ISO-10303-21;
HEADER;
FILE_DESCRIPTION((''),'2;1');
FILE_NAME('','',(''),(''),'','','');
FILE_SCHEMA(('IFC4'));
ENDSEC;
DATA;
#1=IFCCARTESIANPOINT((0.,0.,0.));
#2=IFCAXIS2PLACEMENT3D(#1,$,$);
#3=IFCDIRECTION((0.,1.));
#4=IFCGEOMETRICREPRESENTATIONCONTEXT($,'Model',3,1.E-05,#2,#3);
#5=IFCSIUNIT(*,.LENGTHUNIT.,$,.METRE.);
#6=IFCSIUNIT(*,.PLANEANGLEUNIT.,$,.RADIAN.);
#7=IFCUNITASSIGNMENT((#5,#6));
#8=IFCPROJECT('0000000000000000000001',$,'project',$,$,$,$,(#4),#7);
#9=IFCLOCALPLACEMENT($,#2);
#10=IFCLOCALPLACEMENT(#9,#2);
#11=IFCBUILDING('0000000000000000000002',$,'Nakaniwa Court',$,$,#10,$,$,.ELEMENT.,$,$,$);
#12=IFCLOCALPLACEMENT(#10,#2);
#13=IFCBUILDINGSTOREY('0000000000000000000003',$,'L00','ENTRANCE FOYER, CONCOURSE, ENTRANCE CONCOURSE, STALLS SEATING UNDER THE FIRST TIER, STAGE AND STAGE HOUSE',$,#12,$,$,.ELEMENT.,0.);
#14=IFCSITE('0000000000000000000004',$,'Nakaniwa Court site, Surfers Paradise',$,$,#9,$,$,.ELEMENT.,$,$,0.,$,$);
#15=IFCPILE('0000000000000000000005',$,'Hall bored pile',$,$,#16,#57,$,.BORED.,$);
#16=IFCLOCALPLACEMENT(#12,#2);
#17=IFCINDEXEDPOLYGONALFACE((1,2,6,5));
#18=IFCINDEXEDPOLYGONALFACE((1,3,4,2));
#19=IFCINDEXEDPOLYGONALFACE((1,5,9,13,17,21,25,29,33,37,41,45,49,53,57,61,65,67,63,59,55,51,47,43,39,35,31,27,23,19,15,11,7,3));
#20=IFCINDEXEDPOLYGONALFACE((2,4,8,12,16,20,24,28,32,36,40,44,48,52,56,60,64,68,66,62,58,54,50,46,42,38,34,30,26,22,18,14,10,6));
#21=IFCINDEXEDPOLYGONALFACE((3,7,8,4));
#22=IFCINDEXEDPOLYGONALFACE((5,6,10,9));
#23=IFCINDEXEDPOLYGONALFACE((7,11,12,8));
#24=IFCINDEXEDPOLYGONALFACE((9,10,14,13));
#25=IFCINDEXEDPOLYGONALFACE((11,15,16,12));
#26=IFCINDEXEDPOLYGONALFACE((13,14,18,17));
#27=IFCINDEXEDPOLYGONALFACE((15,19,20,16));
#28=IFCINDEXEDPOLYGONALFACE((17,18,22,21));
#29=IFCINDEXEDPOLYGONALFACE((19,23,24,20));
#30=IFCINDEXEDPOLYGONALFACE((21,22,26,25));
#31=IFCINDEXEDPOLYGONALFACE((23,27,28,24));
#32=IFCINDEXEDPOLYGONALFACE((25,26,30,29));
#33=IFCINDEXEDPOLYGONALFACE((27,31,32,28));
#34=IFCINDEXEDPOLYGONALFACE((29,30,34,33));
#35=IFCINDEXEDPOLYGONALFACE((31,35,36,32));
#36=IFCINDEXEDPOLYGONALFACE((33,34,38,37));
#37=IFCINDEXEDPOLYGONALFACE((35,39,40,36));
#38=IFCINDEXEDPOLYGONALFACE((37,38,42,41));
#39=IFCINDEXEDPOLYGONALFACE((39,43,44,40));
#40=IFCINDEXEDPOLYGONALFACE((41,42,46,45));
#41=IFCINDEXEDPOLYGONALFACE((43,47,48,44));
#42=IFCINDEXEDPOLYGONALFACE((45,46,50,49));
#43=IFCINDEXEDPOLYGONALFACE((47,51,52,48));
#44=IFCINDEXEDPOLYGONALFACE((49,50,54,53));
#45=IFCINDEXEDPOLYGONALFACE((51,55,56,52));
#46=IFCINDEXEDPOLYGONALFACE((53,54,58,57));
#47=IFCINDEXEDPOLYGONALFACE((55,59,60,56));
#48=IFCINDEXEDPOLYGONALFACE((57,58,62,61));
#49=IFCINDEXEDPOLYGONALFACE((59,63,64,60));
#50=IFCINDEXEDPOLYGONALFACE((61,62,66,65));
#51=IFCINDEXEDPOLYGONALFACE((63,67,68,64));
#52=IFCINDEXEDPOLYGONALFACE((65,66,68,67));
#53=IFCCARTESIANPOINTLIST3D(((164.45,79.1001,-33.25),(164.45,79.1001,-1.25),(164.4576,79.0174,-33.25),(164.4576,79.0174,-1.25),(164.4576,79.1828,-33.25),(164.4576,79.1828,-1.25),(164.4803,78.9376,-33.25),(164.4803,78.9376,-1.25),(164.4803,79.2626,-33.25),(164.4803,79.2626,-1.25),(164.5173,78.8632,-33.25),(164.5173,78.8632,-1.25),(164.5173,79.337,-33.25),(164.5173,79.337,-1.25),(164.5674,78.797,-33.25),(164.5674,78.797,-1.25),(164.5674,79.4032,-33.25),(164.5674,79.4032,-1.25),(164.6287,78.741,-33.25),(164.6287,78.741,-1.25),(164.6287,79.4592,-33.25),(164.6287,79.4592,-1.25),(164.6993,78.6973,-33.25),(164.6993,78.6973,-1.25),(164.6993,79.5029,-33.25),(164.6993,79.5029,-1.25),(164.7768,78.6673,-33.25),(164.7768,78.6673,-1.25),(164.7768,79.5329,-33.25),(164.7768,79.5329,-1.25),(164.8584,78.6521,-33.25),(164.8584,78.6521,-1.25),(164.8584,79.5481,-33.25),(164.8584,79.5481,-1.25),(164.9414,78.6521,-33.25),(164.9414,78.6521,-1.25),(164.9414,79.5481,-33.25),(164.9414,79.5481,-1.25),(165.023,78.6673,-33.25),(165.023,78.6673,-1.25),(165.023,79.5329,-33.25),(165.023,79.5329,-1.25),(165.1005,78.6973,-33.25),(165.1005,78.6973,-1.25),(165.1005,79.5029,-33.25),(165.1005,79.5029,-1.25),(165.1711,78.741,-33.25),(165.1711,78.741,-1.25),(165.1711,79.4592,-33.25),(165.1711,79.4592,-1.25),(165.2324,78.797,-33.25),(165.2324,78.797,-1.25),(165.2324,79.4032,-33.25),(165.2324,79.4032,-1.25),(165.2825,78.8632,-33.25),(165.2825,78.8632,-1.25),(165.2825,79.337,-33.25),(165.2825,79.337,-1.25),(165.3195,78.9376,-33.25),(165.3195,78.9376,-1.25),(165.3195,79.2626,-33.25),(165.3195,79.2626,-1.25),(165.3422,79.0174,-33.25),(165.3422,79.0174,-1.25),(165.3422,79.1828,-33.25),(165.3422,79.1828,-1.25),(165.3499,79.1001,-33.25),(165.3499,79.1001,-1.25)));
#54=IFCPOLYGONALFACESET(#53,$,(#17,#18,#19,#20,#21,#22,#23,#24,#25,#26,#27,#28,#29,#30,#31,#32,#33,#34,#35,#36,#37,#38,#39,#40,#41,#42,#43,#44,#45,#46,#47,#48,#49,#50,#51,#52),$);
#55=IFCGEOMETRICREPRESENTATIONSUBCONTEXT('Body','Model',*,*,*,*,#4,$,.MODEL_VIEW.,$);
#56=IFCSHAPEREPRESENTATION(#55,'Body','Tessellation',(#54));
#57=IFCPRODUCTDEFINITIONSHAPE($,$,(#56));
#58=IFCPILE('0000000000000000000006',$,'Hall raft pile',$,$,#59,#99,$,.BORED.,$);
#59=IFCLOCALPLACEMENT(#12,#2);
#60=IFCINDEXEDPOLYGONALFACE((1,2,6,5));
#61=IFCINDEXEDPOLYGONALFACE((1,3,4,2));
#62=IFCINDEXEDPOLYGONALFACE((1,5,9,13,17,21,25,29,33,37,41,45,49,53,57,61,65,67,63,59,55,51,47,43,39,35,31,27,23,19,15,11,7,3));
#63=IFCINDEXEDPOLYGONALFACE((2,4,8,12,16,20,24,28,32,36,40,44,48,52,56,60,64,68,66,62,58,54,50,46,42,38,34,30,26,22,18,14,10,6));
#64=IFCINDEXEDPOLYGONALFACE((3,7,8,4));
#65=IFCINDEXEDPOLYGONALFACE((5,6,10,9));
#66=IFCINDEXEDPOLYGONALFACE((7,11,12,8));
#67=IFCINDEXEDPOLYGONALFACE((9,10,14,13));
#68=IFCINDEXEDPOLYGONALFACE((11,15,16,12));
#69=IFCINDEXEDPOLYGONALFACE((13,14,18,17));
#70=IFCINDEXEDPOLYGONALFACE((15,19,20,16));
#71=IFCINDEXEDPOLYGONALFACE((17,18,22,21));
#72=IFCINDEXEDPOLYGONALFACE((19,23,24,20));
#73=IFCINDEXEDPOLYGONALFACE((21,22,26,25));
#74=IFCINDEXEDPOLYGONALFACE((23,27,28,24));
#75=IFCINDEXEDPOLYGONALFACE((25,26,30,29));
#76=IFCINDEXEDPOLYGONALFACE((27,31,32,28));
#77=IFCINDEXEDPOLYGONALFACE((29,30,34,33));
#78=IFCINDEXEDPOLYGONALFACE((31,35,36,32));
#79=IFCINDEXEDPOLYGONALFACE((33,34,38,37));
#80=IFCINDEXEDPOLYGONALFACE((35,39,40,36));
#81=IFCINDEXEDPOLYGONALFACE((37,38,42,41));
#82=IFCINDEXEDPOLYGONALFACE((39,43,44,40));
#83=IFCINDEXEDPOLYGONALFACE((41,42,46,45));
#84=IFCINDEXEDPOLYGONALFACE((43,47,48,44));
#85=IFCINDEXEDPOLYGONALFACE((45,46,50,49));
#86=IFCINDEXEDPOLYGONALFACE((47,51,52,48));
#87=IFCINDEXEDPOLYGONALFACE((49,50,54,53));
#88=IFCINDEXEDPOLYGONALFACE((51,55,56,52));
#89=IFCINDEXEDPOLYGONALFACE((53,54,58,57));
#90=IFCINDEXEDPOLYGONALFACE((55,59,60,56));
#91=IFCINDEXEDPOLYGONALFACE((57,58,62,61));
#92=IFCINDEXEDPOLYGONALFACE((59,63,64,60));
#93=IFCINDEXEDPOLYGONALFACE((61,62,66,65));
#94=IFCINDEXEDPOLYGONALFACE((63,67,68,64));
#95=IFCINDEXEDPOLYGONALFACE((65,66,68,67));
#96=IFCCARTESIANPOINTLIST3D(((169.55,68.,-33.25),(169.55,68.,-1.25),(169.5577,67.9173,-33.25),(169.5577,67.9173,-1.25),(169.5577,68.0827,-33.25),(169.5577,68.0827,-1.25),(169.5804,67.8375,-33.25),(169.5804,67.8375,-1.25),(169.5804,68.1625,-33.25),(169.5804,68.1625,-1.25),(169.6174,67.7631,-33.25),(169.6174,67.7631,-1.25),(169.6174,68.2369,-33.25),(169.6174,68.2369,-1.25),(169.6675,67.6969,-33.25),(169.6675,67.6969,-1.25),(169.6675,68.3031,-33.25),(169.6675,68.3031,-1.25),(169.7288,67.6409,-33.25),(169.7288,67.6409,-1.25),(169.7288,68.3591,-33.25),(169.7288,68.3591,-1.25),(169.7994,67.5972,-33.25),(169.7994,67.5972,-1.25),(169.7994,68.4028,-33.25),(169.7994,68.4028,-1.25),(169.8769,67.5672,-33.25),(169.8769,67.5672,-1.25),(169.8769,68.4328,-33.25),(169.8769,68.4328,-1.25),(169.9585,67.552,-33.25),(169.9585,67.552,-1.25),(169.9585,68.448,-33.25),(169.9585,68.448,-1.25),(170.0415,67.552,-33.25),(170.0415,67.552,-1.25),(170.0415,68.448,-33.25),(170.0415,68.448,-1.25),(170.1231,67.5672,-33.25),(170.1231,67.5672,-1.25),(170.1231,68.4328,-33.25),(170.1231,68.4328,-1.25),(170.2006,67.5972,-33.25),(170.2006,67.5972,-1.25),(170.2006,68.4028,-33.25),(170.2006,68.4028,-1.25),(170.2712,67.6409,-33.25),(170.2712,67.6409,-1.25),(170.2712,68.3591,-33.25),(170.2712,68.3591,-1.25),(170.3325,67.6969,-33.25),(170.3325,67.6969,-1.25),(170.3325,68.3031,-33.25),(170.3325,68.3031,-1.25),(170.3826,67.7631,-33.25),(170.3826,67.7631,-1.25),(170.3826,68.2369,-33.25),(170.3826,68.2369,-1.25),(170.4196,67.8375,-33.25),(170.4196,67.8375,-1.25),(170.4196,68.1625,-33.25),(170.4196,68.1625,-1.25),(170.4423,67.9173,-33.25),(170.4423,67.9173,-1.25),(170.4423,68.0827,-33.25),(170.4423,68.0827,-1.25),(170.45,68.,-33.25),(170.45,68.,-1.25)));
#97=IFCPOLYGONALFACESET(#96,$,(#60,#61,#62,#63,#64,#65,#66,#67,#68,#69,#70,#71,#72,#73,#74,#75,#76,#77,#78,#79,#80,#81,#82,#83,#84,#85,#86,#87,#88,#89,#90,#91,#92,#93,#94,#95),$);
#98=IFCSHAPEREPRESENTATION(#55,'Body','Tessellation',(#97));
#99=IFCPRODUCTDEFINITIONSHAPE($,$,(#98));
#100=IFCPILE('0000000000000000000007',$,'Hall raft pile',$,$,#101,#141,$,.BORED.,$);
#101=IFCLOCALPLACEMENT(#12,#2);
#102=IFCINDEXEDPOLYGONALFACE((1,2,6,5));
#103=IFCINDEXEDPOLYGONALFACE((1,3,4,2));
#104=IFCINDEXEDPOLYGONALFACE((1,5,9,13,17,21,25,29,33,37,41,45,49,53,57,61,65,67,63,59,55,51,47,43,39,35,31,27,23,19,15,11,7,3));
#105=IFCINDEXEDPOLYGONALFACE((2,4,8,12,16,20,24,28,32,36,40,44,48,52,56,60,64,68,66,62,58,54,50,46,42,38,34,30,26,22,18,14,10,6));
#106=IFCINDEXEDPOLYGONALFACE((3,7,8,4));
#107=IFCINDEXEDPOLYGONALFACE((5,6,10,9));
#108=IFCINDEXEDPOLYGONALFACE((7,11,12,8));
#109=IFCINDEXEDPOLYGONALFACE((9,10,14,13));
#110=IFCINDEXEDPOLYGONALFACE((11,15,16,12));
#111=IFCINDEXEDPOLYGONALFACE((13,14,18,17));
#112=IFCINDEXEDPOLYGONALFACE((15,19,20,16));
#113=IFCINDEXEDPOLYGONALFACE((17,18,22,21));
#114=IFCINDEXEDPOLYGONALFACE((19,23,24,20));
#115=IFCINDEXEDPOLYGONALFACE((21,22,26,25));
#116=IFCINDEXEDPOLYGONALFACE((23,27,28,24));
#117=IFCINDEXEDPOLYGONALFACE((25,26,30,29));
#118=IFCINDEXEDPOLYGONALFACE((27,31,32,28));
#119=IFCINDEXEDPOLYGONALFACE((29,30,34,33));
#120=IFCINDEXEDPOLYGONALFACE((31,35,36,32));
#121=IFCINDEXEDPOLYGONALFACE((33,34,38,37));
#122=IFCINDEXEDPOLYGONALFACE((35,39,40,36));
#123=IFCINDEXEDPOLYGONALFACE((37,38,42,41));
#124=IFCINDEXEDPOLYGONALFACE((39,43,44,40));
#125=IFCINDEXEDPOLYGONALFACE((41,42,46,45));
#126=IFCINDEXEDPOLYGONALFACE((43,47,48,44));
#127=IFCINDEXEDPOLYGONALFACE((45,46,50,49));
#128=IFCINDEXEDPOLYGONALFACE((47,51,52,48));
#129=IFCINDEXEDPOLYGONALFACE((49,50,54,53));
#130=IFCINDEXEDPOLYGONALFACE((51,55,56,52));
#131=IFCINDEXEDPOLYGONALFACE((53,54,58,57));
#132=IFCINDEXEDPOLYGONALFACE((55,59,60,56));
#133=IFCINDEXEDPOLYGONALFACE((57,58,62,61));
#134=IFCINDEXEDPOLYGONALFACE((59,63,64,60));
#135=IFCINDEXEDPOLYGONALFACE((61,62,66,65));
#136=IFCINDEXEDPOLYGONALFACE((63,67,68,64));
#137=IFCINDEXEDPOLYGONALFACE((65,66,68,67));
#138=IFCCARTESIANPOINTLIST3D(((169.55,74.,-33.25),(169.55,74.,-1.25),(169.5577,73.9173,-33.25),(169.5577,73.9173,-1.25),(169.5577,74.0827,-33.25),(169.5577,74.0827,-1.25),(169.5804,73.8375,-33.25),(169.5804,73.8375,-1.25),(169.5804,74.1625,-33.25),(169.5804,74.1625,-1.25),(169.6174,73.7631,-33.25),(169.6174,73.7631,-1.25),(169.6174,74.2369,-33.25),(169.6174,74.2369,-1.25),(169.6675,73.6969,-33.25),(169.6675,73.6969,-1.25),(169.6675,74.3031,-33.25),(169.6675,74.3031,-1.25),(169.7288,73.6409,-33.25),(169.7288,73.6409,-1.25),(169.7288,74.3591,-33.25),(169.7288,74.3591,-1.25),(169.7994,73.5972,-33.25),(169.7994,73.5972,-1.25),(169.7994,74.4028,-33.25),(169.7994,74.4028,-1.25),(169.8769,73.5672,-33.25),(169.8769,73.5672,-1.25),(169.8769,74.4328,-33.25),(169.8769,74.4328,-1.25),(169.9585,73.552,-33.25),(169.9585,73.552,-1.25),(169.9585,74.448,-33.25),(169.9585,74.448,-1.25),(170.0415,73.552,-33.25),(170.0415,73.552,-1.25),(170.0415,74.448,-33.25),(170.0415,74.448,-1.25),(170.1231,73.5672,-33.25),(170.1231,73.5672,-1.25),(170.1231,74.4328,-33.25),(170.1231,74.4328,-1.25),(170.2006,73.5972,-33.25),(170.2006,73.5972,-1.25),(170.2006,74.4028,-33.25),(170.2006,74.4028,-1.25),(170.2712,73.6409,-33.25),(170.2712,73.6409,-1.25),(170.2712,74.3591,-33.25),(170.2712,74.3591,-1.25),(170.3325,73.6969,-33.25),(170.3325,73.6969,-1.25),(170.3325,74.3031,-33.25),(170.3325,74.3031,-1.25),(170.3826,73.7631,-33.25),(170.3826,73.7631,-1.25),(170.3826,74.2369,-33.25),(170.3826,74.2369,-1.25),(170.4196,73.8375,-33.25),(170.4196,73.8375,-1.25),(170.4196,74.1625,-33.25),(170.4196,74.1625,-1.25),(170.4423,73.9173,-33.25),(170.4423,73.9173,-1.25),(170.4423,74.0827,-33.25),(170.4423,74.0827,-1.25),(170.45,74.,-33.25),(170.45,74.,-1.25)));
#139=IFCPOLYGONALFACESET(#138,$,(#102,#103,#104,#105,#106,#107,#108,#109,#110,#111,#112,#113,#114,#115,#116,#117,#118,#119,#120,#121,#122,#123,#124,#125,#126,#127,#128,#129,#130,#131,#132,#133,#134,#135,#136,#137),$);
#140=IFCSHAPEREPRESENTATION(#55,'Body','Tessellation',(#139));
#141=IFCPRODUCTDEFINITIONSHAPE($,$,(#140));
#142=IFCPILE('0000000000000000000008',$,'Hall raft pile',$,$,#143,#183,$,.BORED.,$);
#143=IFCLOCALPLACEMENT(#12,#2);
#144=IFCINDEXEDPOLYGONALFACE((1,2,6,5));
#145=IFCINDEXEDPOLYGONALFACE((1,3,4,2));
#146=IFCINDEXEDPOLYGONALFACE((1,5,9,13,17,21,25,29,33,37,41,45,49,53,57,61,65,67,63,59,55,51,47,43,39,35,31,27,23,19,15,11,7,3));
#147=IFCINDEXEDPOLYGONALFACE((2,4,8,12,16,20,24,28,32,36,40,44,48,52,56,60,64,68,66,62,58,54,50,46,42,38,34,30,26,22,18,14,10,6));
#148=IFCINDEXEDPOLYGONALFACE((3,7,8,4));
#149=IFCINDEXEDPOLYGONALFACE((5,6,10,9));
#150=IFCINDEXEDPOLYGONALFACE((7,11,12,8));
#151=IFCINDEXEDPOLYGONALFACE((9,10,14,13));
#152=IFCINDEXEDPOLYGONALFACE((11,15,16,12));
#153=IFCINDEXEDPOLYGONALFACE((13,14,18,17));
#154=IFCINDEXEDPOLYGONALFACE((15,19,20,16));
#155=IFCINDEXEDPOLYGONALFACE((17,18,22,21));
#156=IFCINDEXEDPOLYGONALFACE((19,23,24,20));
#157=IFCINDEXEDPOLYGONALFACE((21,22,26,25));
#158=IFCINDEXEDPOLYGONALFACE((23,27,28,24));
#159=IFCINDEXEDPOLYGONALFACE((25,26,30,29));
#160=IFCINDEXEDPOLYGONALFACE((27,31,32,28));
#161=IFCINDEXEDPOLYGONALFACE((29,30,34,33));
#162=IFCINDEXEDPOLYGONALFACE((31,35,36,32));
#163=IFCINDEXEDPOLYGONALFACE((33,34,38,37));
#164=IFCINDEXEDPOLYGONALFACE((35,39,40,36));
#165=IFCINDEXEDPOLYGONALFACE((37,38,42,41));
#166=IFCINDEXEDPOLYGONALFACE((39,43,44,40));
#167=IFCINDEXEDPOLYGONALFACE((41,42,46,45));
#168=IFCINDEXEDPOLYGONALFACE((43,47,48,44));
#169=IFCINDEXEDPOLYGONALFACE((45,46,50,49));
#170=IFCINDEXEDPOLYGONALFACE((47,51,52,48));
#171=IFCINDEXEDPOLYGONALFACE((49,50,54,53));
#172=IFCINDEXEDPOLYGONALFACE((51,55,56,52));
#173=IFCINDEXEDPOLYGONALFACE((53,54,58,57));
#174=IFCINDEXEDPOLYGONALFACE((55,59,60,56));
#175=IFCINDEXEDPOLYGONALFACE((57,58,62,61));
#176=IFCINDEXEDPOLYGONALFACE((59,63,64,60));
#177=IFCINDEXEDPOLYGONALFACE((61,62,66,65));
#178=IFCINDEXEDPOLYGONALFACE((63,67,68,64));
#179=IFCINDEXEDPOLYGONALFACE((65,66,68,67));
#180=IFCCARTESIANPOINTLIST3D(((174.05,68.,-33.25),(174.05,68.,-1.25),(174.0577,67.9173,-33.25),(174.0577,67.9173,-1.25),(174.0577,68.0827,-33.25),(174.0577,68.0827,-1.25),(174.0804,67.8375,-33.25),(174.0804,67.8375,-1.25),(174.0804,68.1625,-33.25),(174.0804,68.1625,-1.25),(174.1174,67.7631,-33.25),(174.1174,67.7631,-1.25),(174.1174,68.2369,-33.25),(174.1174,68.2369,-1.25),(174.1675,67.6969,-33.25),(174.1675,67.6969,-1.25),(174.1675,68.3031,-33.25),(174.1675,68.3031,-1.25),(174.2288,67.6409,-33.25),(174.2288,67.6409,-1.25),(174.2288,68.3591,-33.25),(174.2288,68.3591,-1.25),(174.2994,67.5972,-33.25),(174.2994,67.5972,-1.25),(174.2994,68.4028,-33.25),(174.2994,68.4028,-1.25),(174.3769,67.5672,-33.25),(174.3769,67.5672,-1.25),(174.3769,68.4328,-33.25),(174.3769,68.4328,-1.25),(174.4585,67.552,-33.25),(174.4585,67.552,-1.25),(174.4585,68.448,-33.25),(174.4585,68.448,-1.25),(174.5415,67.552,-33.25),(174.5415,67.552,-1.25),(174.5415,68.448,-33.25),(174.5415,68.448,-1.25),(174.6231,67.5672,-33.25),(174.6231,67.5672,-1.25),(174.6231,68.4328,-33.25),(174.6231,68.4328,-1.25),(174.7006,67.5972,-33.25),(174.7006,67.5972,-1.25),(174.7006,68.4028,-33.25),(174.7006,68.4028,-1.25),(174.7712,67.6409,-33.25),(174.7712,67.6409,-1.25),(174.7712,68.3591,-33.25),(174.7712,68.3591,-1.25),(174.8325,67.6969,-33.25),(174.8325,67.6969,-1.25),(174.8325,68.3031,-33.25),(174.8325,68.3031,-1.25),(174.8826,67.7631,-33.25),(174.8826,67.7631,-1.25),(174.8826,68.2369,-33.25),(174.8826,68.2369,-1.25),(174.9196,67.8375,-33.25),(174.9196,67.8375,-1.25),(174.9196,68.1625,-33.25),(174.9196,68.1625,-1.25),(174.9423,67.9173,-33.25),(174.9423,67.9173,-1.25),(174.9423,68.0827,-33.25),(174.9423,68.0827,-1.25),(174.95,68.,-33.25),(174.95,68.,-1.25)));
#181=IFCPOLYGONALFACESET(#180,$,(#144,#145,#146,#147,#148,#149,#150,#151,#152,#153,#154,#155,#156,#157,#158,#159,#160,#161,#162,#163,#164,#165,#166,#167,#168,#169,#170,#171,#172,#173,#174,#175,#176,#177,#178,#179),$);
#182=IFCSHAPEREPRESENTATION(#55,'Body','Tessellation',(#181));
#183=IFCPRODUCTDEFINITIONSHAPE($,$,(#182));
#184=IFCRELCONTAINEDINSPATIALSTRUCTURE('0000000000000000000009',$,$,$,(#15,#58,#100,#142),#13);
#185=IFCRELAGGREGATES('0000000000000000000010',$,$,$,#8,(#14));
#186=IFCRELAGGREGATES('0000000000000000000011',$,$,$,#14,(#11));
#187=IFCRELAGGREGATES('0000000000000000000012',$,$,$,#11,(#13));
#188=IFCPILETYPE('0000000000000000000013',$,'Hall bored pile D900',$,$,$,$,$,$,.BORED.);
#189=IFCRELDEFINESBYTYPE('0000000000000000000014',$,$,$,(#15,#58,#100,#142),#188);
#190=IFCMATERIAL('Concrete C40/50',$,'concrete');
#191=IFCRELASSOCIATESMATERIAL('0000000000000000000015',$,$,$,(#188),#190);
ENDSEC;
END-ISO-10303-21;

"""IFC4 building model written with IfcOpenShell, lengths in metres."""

from ifc_helpers import new_model, si_unit, direction, frame, origin, origin_2d, place, context, subcontext, project, spatial, circle, extrude, material, material_profile, profile_set, type_object, element, save


model = new_model("IFC4")

# Units and contexts
model_context = context("Model", 3, precision=1e-05, world=origin(), true_north=direction((0.0, 1.0)))
body_context = subcontext(model_context, "Body", "Model", "MODEL_VIEW")
ifc_project = project(units=[si_unit("LENGTHUNIT", "METRE"), si_unit("PLANEANGLEUNIT", "RADIAN")], contexts=[model_context])

# Site, building, storey
site_placement = place(None, origin())
site = spatial("IfcSite", under=ifc_project, at=site_placement, Name="Nakaniwa Court site, Surfers Paradise", CompositionType="ELEMENT", RefElevation=0.0)
building_placement = place(site_placement, origin())
building = spatial("IfcBuilding", under=site, at=building_placement, Name="Nakaniwa Court", CompositionType="ELEMENT")
storey_placement = place(building_placement, origin())
storey = spatial("IfcBuildingStorey", under=building, at=storey_placement, Name="L00", Description="ENTRANCE FOYER, CONCOURSE, ENTRANCE CONCOURSE, STALLS SEATING UNDER THE FIRST TIER, STAGE AND STAGE HOUSE", CompositionType="ELEMENT", Elevation=0.0)

# Piles
ifc_material_1 = material(Name="Concrete C40/50", Category="concrete")
ifc_material_profile_1 = material_profile(ifc_material_1, circle(Radius=0.45, at=origin_2d()), Name="Bored pile D900")
ifc_profile_set_1 = profile_set([ifc_material_profile_1], Name="Concrete C40/50")
pile_type = type_object("IfcPileType", Name="Hall bored pile D900", PredefinedType="BORED", material=ifc_profile_set_1)
for number, where, z_axis, x_axis, name in (
    (1, (164.8999, 79.1001, -1.25), (0.0, 0.0, -1.0), (1.0, 0.0, 0.0), "Hall bored pile"),
    (2, (170.0, 68.0, -1.25), (0.0, 0.0, -1.0), (1.0, 0.0, 0.0), "Hall raft pile"),
    (3, (170.0, 74.0, -1.25), (0.0, 0.0, -1.0), (1.0, 0.0, 0.0), "Hall raft pile"),
    (4, (174.5, 68.0, -1.25), (0.0, 0.0, -1.0), (1.0, 0.0, 0.0), "Hall raft pile"),
):
    element("IfcPile", number, at=place(storey_placement, frame(where, z_axis=z_axis, x_axis=x_axis)), inside=storey, type_object=pile_type, Name=name, PredefinedType="BORED", context=body_context, shape_type="SweptSolid", body=[
        extrude(circle(Radius=0.45, at=origin_2d()), origin(), (0.0, 0.0, 1.0), 32.0),
    ])

save(model, "model.ifc")
